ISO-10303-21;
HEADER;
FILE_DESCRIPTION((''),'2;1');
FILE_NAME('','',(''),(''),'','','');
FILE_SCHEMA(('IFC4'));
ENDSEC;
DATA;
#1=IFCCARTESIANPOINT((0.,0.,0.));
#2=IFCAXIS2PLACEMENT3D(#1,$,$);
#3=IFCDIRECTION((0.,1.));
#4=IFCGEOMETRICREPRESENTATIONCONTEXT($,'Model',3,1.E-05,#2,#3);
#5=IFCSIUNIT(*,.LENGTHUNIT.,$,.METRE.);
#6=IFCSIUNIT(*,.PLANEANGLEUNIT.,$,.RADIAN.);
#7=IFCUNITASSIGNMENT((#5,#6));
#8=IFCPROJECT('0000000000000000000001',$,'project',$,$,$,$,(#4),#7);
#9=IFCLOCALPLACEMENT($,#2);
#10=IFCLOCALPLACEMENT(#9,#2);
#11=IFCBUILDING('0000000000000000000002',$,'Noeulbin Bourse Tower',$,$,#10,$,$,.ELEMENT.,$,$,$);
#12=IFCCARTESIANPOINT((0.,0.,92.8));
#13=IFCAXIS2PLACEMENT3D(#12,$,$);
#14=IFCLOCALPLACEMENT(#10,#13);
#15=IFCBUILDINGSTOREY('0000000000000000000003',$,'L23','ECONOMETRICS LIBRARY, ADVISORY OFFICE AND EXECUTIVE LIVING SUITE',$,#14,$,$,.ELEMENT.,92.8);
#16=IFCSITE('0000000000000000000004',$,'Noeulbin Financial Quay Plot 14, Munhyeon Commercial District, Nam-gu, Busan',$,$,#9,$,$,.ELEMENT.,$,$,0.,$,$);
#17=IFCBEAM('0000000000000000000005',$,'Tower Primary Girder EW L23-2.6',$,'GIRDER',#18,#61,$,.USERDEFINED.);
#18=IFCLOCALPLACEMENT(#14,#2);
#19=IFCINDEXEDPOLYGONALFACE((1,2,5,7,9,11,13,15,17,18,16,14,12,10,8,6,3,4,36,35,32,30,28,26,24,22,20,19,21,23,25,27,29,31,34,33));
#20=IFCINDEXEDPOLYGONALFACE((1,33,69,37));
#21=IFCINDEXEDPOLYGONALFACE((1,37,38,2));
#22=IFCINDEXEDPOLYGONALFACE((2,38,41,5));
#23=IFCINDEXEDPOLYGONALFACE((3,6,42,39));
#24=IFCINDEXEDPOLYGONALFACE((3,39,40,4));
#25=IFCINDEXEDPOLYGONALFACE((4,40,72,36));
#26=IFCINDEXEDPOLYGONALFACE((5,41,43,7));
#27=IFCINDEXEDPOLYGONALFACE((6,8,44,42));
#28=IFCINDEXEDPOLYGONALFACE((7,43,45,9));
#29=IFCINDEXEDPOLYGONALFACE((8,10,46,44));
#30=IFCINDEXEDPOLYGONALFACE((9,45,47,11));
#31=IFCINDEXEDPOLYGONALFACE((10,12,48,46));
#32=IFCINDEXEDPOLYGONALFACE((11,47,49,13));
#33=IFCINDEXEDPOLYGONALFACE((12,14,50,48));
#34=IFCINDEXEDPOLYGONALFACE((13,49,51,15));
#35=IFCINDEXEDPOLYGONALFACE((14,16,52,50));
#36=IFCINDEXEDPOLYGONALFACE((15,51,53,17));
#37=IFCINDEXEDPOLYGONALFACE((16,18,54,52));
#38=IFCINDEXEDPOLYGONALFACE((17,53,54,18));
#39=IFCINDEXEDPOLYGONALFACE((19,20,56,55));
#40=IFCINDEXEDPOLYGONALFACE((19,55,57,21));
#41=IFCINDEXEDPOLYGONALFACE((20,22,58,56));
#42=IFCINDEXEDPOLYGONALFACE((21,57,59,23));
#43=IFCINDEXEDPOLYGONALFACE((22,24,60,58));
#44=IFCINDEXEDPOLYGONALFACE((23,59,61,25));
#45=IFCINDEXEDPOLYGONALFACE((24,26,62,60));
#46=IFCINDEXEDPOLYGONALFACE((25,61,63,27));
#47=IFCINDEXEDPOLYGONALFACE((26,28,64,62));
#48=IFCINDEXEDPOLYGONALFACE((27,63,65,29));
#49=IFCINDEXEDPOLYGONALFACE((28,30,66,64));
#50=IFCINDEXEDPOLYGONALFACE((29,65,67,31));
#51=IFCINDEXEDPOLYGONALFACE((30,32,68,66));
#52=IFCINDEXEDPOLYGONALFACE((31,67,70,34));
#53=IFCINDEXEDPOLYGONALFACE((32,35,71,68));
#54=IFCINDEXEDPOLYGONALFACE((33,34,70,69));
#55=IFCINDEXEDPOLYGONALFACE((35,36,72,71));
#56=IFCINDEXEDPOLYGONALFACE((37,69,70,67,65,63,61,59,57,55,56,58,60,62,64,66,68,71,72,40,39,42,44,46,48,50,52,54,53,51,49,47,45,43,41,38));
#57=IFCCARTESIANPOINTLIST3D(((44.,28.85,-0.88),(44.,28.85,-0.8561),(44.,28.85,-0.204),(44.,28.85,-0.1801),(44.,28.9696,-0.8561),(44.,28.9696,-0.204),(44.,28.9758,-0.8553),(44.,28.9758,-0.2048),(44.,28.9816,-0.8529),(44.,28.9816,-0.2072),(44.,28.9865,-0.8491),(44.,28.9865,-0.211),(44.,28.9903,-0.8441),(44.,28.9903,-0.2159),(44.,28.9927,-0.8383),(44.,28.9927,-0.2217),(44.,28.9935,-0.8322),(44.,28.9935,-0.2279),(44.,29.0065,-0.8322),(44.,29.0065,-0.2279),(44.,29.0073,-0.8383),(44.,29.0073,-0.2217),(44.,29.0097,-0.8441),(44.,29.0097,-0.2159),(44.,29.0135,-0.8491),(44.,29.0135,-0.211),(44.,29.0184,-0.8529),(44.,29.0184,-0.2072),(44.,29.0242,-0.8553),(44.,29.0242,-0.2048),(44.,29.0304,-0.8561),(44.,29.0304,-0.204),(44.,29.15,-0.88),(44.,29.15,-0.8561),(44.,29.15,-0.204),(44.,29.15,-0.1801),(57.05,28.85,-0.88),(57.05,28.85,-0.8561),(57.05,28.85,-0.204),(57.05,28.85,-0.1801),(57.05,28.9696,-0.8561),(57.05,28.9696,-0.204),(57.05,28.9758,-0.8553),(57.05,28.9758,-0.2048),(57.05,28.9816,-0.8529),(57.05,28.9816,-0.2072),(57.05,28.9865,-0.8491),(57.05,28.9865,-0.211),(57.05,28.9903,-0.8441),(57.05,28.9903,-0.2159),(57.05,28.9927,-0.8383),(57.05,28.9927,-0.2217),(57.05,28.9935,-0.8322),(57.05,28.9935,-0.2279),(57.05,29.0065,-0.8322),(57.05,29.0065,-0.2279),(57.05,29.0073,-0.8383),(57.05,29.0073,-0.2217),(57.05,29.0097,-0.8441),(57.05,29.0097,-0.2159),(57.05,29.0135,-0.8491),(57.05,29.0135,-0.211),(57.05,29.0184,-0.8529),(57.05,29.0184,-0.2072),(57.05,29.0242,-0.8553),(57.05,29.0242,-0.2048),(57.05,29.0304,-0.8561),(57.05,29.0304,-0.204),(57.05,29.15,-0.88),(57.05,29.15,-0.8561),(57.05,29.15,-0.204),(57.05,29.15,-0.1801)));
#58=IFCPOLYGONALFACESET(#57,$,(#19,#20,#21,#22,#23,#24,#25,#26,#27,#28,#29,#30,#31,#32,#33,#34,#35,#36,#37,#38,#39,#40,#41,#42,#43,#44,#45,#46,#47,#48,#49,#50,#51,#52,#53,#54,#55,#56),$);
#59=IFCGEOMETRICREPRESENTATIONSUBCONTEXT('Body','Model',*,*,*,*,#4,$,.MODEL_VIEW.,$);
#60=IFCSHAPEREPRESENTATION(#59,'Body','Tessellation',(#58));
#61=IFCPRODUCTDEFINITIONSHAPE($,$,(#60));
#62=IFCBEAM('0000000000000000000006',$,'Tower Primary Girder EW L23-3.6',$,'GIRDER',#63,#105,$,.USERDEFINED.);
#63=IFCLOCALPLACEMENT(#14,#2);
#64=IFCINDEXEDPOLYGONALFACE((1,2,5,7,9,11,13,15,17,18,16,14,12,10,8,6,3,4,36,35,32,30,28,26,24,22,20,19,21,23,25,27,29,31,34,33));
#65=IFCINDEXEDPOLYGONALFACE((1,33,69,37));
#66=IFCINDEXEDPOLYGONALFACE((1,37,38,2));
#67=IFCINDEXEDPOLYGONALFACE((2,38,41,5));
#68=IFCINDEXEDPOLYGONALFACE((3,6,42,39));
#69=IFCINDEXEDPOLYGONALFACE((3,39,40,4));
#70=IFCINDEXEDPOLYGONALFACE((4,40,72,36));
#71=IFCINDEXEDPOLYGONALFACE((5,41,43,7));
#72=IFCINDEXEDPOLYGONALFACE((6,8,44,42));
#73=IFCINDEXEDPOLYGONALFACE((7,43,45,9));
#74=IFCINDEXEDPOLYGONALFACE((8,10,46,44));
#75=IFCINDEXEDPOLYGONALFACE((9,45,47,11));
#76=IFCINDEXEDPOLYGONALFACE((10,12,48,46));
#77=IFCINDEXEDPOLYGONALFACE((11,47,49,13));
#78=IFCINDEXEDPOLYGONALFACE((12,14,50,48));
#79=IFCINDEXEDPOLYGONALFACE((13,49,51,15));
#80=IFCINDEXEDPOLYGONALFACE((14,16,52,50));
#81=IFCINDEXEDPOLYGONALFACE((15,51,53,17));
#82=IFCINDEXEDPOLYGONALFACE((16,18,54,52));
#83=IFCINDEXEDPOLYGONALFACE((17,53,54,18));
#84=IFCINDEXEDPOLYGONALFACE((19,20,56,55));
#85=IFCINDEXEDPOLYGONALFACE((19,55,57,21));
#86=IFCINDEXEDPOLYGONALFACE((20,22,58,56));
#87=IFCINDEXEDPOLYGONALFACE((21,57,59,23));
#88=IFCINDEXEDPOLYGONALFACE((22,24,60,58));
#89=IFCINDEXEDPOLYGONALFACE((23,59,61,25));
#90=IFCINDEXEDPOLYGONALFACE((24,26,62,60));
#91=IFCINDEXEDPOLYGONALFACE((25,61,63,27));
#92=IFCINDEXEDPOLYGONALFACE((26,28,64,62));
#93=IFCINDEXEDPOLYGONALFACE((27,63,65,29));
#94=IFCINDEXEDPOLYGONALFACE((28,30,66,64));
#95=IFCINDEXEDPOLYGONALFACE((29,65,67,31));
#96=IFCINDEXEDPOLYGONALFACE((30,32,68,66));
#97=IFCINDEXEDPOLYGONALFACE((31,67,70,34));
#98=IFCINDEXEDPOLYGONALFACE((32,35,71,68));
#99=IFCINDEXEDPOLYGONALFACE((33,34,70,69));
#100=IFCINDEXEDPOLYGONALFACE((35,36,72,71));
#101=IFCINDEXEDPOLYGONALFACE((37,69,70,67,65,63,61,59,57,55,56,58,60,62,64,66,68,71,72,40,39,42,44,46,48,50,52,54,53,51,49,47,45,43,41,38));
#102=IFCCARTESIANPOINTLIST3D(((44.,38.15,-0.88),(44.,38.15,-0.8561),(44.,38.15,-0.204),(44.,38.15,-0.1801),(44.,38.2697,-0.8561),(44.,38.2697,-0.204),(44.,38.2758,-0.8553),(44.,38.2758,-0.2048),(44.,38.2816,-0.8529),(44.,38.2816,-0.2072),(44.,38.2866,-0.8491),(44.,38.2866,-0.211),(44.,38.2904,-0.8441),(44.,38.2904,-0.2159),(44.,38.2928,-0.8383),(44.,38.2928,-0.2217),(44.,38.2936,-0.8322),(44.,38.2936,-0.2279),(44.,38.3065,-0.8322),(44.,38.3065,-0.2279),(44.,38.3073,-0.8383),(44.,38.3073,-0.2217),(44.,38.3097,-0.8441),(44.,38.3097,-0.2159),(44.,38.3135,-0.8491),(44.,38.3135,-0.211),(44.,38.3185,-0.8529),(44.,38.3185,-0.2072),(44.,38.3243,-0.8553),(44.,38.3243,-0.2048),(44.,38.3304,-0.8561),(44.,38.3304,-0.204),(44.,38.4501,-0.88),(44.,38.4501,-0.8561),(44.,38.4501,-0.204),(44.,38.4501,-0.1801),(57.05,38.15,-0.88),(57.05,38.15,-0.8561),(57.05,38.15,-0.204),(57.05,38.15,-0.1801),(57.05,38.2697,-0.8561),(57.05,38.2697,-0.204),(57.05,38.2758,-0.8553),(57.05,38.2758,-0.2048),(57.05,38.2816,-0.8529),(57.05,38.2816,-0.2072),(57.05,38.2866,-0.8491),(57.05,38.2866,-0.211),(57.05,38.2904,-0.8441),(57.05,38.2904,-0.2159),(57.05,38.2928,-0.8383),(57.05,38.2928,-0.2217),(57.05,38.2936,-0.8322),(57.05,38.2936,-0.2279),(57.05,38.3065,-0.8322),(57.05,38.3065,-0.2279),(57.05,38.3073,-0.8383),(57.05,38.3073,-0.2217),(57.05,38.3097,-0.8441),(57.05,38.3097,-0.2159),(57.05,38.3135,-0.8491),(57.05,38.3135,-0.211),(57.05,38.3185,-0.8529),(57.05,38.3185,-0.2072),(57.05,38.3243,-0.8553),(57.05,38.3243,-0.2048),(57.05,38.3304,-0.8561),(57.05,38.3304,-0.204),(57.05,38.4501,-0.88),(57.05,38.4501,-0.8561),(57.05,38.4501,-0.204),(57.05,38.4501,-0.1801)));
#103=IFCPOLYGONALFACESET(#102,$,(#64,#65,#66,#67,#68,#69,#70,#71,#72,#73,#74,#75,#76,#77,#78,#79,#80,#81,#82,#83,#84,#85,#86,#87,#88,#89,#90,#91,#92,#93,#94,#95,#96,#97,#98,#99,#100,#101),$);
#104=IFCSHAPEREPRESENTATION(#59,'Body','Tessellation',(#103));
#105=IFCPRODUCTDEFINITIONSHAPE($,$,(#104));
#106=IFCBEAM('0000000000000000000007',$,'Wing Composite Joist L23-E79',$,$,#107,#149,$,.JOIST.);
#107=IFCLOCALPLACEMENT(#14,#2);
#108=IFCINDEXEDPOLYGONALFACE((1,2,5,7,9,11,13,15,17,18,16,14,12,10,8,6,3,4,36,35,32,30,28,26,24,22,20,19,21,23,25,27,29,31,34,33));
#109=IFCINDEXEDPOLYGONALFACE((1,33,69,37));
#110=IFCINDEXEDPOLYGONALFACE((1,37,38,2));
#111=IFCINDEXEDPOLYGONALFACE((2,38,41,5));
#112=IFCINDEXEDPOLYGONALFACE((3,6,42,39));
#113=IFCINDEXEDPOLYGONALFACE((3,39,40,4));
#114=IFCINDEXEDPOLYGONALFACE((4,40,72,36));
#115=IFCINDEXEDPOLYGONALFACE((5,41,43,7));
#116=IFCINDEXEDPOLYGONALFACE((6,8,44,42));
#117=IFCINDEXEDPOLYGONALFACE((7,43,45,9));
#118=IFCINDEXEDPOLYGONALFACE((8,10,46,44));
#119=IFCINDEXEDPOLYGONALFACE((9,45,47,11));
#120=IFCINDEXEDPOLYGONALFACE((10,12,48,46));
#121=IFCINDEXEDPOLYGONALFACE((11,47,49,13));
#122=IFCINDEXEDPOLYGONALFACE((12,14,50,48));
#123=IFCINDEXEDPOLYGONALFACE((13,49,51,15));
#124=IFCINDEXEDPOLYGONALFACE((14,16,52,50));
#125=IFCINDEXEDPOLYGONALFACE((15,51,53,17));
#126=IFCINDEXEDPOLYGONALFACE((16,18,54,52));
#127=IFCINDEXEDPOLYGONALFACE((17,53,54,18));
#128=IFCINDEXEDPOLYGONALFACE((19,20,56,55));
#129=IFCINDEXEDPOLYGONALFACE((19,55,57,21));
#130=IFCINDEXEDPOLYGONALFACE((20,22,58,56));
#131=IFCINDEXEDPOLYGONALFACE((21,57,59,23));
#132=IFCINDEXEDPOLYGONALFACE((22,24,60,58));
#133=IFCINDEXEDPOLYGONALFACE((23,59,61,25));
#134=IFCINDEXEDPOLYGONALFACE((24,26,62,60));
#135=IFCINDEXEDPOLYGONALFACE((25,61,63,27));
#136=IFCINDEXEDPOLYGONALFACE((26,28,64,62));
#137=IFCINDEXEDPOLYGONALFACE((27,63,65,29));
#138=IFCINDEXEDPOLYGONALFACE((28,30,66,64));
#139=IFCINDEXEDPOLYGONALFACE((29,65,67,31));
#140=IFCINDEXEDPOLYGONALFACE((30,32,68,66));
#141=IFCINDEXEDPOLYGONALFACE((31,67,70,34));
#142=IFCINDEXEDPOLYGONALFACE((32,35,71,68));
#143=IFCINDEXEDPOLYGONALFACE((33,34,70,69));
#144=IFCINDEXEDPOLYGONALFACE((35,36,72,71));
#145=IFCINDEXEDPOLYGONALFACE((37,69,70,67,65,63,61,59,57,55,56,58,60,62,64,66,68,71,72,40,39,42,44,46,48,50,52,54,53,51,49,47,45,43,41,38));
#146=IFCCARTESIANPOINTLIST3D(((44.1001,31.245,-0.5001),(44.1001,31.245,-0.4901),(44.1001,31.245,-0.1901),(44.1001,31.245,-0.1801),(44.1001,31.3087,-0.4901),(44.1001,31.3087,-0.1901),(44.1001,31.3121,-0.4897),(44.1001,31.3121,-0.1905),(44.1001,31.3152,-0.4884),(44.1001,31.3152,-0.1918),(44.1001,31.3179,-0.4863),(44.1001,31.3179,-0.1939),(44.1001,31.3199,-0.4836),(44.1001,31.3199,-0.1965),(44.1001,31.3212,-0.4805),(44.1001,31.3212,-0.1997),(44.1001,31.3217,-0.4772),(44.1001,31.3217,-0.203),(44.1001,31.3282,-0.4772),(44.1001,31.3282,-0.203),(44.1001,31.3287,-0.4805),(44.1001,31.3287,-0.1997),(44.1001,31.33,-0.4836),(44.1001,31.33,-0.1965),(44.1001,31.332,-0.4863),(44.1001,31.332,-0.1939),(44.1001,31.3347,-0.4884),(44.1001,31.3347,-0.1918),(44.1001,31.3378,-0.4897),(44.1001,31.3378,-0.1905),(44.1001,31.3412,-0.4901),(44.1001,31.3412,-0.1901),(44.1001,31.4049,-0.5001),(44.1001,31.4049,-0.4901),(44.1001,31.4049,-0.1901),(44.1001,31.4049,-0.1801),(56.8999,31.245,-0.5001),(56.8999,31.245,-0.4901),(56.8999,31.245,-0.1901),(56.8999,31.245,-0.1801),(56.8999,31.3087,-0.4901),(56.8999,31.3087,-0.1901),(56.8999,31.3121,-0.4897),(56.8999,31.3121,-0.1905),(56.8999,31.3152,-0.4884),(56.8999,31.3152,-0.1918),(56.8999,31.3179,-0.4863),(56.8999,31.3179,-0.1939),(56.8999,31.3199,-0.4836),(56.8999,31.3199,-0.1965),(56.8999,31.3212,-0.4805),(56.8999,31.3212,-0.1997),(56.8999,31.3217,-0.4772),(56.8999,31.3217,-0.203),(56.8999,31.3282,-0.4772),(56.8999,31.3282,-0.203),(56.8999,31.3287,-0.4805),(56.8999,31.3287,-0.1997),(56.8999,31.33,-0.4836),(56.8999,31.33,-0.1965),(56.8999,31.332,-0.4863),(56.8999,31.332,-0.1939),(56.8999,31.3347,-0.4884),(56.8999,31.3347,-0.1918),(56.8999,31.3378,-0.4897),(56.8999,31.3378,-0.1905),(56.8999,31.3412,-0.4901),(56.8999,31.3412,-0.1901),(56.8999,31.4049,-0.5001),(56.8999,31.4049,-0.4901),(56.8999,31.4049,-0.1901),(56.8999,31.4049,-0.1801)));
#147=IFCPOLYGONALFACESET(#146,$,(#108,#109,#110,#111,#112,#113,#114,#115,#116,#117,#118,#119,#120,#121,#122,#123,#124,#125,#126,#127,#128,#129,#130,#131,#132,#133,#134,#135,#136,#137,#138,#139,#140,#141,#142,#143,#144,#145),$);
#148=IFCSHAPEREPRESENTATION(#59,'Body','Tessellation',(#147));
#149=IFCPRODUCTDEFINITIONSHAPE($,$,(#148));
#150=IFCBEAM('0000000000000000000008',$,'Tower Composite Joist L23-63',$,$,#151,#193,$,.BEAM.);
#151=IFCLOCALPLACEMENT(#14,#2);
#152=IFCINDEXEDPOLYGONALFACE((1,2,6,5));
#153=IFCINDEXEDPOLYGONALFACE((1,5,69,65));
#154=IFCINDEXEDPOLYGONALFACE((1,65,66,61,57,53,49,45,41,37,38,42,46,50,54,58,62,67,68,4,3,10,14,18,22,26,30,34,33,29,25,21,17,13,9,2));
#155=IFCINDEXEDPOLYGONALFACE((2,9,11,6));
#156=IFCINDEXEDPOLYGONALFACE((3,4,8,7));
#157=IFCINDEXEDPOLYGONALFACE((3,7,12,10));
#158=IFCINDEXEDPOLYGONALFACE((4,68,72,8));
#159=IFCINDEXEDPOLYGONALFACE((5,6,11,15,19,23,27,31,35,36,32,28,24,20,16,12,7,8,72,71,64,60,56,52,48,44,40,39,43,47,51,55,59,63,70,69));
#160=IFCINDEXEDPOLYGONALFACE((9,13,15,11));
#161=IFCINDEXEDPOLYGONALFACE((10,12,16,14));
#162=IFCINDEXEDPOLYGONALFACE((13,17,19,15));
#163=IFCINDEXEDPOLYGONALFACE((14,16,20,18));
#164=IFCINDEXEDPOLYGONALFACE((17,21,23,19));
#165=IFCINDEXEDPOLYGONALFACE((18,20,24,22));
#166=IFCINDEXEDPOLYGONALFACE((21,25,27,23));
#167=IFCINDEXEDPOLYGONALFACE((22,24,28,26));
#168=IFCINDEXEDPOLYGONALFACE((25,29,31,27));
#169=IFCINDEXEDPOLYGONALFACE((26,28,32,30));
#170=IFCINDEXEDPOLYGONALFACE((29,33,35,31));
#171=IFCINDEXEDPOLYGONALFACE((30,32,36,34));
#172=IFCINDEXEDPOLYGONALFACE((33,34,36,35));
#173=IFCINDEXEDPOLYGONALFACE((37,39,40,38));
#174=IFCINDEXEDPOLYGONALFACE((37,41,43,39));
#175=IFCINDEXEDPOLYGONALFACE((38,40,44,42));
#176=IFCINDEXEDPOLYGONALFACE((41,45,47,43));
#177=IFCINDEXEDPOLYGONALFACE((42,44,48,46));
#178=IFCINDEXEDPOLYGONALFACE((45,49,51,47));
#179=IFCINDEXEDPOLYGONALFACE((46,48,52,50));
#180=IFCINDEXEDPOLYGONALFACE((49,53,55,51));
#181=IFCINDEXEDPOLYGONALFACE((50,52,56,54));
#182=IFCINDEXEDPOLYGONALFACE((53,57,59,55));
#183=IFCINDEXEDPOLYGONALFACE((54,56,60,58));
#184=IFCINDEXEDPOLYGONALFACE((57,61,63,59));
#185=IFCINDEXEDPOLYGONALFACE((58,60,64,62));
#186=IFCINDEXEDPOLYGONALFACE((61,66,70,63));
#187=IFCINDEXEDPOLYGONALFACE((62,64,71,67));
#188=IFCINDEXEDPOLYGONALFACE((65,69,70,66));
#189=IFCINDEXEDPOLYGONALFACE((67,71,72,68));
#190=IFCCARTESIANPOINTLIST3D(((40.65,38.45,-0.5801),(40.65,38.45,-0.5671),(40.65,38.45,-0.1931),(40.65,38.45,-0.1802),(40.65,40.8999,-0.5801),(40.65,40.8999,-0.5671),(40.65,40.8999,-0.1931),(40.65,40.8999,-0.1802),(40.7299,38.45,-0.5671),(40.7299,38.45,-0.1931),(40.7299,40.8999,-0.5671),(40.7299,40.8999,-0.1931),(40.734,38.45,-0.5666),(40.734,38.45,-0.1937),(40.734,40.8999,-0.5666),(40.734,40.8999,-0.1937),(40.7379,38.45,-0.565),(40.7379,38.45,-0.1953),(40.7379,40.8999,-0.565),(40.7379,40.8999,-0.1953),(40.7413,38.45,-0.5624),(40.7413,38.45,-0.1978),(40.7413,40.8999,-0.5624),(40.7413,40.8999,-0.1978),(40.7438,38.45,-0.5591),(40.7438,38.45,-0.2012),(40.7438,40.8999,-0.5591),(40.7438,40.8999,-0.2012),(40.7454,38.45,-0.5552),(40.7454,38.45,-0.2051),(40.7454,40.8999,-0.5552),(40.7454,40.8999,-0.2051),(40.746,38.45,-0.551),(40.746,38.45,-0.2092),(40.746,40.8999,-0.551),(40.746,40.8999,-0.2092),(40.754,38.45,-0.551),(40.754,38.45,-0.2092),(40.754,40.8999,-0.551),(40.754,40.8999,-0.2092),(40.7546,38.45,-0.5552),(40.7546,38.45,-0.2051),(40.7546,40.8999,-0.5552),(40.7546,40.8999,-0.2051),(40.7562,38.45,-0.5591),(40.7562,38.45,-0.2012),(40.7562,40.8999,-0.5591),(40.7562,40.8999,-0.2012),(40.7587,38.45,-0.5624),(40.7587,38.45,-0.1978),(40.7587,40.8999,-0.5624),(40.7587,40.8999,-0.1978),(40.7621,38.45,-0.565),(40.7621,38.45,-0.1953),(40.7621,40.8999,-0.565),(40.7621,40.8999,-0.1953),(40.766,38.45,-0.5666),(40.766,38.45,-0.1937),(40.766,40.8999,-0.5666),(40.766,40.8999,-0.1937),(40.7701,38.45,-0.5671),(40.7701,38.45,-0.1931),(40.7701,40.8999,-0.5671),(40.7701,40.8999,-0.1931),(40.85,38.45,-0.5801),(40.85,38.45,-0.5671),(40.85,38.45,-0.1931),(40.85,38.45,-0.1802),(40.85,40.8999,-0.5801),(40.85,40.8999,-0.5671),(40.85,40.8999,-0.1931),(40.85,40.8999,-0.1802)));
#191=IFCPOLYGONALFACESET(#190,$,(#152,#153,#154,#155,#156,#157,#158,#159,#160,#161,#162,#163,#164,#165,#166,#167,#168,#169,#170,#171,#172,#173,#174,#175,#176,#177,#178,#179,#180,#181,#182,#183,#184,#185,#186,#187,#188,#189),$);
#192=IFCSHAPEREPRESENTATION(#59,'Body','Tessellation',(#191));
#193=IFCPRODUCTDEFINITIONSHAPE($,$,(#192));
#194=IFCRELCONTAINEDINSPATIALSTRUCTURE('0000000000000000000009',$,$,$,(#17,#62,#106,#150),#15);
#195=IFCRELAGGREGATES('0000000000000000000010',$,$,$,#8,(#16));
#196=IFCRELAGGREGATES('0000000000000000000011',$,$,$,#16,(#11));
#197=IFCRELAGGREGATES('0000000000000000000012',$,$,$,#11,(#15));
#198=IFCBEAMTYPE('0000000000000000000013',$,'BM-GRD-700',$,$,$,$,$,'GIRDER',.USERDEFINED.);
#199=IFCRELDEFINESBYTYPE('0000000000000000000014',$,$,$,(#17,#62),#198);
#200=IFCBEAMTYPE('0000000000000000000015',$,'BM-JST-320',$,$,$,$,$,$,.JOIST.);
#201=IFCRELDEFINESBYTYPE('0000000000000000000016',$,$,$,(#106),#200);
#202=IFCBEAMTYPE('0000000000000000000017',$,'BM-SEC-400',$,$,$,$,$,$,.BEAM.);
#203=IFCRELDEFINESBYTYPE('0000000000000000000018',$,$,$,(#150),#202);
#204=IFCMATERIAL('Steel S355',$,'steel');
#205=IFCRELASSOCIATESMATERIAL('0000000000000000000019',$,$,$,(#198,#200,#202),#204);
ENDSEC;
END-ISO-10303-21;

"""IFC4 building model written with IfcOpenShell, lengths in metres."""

from ifc_helpers import new_model, si_unit, direction, frame, origin, origin_2d, place, context, subcontext, project, spatial, i_section, extrude, material, material_profile, profile_set, type_object, element, save


model = new_model("IFC4")

# Units and contexts
model_context = context("Model", 3, precision=1e-05, world=origin(), true_north=direction((0.0, 1.0)))
body_context = subcontext(model_context, "Body", "Model", "MODEL_VIEW")
ifc_project = project(units=[si_unit("LENGTHUNIT", "METRE"), si_unit("PLANEANGLEUNIT", "RADIAN")], contexts=[model_context])

# Site, building, storey
site_placement = place(None, origin())
site = spatial("IfcSite", under=ifc_project, at=site_placement, Name="Noeulbin Financial Quay Plot 14, Munhyeon Commercial District, Nam-gu, Busan", CompositionType="ELEMENT", RefElevation=0.0)
building_placement = place(site_placement, origin())
building = spatial("IfcBuilding", under=site, at=building_placement, Name="Noeulbin Bourse Tower", CompositionType="ELEMENT")
storey_placement = place(building_placement, frame((0.0, 0.0, 92.8)))
storey = spatial("IfcBuildingStorey", under=building, at=storey_placement, Name="L23", Description="ECONOMETRICS LIBRARY, ADVISORY OFFICE AND EXECUTIVE LIVING SUITE", CompositionType="ELEMENT", Elevation=92.8)

# Beams
ifc_material_1 = material(Name="Steel S355", Category="steel")
ifc_material_profile_1 = material_profile(ifc_material_1, i_section(OverallWidth=0.3, OverallDepth=0.7, WebThickness=0.0129, FlangeThickness=0.0239, FilletRadius=0.0239, at=origin_2d()), Name="H-700x300x13x24", Category="LoadBearing")
ifc_profile_set_1 = profile_set([ifc_material_profile_1], Name="Steel S355")
beam_type_1 = type_object("IfcBeamType", Name="BM-GRD-700", ElementType="GIRDER", PredefinedType="USERDEFINED", material=ifc_profile_set_1)
for number, where, z_axis, x_axis, name in (
    (1, (44.0, 29.0, -0.53), (1.0, 0.0, 0.0), (0.0, 1.0, 0.0), "Tower Primary Girder EW L23-2.6"),
    (2, (44.0, 38.3, -0.53), (1.0, 0.0, 0.0), (0.0, 1.0, 0.0), "Tower Primary Girder EW L23-3.6"),
):
    element("IfcBeam", number, at=place(storey_placement, frame(where, z_axis=z_axis, x_axis=x_axis)), inside=storey, type_object=beam_type_1, Name=name, ObjectType="GIRDER", PredefinedType="USERDEFINED", context=body_context, shape_type="SweptSolid", body=[
        extrude(i_section(OverallWidth=0.3, OverallDepth=0.7, WebThickness=0.0129, FlangeThickness=0.0239, FilletRadius=0.0239, at=origin_2d()), origin(), (0.0, 0.0, 1.0), 13.05),
    ])
ifc_material_profile_2 = material_profile(ifc_material_1, i_section(OverallWidth=0.1599, OverallDepth=0.3201, WebThickness=0.0066, FlangeThickness=0.01, FilletRadius=0.0129, at=origin_2d()), Name="H-320x160x6.5x10", Category="LoadBearing")
ifc_profile_set_2 = profile_set([ifc_material_profile_2], Name="Steel S355")
beam_type_2 = type_object("IfcBeamType", Name="BM-JST-320", PredefinedType="JOIST", material=ifc_profile_set_2)
beam_1_placement = place(storey_placement, frame((44.1001, 31.325, -0.3401), z_axis=(1.0, 0.0, 0.0), x_axis=(0.0, 1.0, 0.0)))
element("IfcBeam", 3, at=beam_1_placement, inside=storey, type_object=beam_type_2, Name="Wing Composite Joist L23-E79", PredefinedType="JOIST", context=body_context, shape_type="SweptSolid", body=[
    extrude(i_section(OverallWidth=0.1599, OverallDepth=0.3201, WebThickness=0.0066, FlangeThickness=0.01, FilletRadius=0.0129, at=origin_2d()), origin(), (0.0, 0.0, 1.0), 12.7998),
])
ifc_material_profile_3 = material_profile(ifc_material_1, i_section(OverallWidth=0.2, OverallDepth=0.3999, WebThickness=0.0081, FlangeThickness=0.0129, FilletRadius=0.0161, at=origin_2d()), Name="H-400x200x8x13", Category="LoadBearing")
ifc_profile_set_3 = profile_set([ifc_material_profile_3], Name="Steel S355")
beam_type_3 = type_object("IfcBeamType", Name="BM-SEC-400", PredefinedType="BEAM", material=ifc_profile_set_3)
for number, where, z_axis, x_axis, name in (
    (4, (40.75, 38.45, -0.3801), (0.0, 1.0, 0.0), (-1.0, 0.0, 0.0), "Tower Composite Joist L23-63"),
):
    element("IfcBeam", number, at=place(storey_placement, frame(where, z_axis=z_axis, x_axis=x_axis)), inside=storey, type_object=beam_type_3, Name=name, PredefinedType="BEAM", context=body_context, shape_type="SweptSolid", body=[
        extrude(i_section(OverallWidth=0.2, OverallDepth=0.3999, WebThickness=0.0081, FlangeThickness=0.0129, FilletRadius=0.0161, at=origin_2d()), origin(), (0.0, 0.0, 1.0), 2.45),
    ])

save(model, "model.ifc")
